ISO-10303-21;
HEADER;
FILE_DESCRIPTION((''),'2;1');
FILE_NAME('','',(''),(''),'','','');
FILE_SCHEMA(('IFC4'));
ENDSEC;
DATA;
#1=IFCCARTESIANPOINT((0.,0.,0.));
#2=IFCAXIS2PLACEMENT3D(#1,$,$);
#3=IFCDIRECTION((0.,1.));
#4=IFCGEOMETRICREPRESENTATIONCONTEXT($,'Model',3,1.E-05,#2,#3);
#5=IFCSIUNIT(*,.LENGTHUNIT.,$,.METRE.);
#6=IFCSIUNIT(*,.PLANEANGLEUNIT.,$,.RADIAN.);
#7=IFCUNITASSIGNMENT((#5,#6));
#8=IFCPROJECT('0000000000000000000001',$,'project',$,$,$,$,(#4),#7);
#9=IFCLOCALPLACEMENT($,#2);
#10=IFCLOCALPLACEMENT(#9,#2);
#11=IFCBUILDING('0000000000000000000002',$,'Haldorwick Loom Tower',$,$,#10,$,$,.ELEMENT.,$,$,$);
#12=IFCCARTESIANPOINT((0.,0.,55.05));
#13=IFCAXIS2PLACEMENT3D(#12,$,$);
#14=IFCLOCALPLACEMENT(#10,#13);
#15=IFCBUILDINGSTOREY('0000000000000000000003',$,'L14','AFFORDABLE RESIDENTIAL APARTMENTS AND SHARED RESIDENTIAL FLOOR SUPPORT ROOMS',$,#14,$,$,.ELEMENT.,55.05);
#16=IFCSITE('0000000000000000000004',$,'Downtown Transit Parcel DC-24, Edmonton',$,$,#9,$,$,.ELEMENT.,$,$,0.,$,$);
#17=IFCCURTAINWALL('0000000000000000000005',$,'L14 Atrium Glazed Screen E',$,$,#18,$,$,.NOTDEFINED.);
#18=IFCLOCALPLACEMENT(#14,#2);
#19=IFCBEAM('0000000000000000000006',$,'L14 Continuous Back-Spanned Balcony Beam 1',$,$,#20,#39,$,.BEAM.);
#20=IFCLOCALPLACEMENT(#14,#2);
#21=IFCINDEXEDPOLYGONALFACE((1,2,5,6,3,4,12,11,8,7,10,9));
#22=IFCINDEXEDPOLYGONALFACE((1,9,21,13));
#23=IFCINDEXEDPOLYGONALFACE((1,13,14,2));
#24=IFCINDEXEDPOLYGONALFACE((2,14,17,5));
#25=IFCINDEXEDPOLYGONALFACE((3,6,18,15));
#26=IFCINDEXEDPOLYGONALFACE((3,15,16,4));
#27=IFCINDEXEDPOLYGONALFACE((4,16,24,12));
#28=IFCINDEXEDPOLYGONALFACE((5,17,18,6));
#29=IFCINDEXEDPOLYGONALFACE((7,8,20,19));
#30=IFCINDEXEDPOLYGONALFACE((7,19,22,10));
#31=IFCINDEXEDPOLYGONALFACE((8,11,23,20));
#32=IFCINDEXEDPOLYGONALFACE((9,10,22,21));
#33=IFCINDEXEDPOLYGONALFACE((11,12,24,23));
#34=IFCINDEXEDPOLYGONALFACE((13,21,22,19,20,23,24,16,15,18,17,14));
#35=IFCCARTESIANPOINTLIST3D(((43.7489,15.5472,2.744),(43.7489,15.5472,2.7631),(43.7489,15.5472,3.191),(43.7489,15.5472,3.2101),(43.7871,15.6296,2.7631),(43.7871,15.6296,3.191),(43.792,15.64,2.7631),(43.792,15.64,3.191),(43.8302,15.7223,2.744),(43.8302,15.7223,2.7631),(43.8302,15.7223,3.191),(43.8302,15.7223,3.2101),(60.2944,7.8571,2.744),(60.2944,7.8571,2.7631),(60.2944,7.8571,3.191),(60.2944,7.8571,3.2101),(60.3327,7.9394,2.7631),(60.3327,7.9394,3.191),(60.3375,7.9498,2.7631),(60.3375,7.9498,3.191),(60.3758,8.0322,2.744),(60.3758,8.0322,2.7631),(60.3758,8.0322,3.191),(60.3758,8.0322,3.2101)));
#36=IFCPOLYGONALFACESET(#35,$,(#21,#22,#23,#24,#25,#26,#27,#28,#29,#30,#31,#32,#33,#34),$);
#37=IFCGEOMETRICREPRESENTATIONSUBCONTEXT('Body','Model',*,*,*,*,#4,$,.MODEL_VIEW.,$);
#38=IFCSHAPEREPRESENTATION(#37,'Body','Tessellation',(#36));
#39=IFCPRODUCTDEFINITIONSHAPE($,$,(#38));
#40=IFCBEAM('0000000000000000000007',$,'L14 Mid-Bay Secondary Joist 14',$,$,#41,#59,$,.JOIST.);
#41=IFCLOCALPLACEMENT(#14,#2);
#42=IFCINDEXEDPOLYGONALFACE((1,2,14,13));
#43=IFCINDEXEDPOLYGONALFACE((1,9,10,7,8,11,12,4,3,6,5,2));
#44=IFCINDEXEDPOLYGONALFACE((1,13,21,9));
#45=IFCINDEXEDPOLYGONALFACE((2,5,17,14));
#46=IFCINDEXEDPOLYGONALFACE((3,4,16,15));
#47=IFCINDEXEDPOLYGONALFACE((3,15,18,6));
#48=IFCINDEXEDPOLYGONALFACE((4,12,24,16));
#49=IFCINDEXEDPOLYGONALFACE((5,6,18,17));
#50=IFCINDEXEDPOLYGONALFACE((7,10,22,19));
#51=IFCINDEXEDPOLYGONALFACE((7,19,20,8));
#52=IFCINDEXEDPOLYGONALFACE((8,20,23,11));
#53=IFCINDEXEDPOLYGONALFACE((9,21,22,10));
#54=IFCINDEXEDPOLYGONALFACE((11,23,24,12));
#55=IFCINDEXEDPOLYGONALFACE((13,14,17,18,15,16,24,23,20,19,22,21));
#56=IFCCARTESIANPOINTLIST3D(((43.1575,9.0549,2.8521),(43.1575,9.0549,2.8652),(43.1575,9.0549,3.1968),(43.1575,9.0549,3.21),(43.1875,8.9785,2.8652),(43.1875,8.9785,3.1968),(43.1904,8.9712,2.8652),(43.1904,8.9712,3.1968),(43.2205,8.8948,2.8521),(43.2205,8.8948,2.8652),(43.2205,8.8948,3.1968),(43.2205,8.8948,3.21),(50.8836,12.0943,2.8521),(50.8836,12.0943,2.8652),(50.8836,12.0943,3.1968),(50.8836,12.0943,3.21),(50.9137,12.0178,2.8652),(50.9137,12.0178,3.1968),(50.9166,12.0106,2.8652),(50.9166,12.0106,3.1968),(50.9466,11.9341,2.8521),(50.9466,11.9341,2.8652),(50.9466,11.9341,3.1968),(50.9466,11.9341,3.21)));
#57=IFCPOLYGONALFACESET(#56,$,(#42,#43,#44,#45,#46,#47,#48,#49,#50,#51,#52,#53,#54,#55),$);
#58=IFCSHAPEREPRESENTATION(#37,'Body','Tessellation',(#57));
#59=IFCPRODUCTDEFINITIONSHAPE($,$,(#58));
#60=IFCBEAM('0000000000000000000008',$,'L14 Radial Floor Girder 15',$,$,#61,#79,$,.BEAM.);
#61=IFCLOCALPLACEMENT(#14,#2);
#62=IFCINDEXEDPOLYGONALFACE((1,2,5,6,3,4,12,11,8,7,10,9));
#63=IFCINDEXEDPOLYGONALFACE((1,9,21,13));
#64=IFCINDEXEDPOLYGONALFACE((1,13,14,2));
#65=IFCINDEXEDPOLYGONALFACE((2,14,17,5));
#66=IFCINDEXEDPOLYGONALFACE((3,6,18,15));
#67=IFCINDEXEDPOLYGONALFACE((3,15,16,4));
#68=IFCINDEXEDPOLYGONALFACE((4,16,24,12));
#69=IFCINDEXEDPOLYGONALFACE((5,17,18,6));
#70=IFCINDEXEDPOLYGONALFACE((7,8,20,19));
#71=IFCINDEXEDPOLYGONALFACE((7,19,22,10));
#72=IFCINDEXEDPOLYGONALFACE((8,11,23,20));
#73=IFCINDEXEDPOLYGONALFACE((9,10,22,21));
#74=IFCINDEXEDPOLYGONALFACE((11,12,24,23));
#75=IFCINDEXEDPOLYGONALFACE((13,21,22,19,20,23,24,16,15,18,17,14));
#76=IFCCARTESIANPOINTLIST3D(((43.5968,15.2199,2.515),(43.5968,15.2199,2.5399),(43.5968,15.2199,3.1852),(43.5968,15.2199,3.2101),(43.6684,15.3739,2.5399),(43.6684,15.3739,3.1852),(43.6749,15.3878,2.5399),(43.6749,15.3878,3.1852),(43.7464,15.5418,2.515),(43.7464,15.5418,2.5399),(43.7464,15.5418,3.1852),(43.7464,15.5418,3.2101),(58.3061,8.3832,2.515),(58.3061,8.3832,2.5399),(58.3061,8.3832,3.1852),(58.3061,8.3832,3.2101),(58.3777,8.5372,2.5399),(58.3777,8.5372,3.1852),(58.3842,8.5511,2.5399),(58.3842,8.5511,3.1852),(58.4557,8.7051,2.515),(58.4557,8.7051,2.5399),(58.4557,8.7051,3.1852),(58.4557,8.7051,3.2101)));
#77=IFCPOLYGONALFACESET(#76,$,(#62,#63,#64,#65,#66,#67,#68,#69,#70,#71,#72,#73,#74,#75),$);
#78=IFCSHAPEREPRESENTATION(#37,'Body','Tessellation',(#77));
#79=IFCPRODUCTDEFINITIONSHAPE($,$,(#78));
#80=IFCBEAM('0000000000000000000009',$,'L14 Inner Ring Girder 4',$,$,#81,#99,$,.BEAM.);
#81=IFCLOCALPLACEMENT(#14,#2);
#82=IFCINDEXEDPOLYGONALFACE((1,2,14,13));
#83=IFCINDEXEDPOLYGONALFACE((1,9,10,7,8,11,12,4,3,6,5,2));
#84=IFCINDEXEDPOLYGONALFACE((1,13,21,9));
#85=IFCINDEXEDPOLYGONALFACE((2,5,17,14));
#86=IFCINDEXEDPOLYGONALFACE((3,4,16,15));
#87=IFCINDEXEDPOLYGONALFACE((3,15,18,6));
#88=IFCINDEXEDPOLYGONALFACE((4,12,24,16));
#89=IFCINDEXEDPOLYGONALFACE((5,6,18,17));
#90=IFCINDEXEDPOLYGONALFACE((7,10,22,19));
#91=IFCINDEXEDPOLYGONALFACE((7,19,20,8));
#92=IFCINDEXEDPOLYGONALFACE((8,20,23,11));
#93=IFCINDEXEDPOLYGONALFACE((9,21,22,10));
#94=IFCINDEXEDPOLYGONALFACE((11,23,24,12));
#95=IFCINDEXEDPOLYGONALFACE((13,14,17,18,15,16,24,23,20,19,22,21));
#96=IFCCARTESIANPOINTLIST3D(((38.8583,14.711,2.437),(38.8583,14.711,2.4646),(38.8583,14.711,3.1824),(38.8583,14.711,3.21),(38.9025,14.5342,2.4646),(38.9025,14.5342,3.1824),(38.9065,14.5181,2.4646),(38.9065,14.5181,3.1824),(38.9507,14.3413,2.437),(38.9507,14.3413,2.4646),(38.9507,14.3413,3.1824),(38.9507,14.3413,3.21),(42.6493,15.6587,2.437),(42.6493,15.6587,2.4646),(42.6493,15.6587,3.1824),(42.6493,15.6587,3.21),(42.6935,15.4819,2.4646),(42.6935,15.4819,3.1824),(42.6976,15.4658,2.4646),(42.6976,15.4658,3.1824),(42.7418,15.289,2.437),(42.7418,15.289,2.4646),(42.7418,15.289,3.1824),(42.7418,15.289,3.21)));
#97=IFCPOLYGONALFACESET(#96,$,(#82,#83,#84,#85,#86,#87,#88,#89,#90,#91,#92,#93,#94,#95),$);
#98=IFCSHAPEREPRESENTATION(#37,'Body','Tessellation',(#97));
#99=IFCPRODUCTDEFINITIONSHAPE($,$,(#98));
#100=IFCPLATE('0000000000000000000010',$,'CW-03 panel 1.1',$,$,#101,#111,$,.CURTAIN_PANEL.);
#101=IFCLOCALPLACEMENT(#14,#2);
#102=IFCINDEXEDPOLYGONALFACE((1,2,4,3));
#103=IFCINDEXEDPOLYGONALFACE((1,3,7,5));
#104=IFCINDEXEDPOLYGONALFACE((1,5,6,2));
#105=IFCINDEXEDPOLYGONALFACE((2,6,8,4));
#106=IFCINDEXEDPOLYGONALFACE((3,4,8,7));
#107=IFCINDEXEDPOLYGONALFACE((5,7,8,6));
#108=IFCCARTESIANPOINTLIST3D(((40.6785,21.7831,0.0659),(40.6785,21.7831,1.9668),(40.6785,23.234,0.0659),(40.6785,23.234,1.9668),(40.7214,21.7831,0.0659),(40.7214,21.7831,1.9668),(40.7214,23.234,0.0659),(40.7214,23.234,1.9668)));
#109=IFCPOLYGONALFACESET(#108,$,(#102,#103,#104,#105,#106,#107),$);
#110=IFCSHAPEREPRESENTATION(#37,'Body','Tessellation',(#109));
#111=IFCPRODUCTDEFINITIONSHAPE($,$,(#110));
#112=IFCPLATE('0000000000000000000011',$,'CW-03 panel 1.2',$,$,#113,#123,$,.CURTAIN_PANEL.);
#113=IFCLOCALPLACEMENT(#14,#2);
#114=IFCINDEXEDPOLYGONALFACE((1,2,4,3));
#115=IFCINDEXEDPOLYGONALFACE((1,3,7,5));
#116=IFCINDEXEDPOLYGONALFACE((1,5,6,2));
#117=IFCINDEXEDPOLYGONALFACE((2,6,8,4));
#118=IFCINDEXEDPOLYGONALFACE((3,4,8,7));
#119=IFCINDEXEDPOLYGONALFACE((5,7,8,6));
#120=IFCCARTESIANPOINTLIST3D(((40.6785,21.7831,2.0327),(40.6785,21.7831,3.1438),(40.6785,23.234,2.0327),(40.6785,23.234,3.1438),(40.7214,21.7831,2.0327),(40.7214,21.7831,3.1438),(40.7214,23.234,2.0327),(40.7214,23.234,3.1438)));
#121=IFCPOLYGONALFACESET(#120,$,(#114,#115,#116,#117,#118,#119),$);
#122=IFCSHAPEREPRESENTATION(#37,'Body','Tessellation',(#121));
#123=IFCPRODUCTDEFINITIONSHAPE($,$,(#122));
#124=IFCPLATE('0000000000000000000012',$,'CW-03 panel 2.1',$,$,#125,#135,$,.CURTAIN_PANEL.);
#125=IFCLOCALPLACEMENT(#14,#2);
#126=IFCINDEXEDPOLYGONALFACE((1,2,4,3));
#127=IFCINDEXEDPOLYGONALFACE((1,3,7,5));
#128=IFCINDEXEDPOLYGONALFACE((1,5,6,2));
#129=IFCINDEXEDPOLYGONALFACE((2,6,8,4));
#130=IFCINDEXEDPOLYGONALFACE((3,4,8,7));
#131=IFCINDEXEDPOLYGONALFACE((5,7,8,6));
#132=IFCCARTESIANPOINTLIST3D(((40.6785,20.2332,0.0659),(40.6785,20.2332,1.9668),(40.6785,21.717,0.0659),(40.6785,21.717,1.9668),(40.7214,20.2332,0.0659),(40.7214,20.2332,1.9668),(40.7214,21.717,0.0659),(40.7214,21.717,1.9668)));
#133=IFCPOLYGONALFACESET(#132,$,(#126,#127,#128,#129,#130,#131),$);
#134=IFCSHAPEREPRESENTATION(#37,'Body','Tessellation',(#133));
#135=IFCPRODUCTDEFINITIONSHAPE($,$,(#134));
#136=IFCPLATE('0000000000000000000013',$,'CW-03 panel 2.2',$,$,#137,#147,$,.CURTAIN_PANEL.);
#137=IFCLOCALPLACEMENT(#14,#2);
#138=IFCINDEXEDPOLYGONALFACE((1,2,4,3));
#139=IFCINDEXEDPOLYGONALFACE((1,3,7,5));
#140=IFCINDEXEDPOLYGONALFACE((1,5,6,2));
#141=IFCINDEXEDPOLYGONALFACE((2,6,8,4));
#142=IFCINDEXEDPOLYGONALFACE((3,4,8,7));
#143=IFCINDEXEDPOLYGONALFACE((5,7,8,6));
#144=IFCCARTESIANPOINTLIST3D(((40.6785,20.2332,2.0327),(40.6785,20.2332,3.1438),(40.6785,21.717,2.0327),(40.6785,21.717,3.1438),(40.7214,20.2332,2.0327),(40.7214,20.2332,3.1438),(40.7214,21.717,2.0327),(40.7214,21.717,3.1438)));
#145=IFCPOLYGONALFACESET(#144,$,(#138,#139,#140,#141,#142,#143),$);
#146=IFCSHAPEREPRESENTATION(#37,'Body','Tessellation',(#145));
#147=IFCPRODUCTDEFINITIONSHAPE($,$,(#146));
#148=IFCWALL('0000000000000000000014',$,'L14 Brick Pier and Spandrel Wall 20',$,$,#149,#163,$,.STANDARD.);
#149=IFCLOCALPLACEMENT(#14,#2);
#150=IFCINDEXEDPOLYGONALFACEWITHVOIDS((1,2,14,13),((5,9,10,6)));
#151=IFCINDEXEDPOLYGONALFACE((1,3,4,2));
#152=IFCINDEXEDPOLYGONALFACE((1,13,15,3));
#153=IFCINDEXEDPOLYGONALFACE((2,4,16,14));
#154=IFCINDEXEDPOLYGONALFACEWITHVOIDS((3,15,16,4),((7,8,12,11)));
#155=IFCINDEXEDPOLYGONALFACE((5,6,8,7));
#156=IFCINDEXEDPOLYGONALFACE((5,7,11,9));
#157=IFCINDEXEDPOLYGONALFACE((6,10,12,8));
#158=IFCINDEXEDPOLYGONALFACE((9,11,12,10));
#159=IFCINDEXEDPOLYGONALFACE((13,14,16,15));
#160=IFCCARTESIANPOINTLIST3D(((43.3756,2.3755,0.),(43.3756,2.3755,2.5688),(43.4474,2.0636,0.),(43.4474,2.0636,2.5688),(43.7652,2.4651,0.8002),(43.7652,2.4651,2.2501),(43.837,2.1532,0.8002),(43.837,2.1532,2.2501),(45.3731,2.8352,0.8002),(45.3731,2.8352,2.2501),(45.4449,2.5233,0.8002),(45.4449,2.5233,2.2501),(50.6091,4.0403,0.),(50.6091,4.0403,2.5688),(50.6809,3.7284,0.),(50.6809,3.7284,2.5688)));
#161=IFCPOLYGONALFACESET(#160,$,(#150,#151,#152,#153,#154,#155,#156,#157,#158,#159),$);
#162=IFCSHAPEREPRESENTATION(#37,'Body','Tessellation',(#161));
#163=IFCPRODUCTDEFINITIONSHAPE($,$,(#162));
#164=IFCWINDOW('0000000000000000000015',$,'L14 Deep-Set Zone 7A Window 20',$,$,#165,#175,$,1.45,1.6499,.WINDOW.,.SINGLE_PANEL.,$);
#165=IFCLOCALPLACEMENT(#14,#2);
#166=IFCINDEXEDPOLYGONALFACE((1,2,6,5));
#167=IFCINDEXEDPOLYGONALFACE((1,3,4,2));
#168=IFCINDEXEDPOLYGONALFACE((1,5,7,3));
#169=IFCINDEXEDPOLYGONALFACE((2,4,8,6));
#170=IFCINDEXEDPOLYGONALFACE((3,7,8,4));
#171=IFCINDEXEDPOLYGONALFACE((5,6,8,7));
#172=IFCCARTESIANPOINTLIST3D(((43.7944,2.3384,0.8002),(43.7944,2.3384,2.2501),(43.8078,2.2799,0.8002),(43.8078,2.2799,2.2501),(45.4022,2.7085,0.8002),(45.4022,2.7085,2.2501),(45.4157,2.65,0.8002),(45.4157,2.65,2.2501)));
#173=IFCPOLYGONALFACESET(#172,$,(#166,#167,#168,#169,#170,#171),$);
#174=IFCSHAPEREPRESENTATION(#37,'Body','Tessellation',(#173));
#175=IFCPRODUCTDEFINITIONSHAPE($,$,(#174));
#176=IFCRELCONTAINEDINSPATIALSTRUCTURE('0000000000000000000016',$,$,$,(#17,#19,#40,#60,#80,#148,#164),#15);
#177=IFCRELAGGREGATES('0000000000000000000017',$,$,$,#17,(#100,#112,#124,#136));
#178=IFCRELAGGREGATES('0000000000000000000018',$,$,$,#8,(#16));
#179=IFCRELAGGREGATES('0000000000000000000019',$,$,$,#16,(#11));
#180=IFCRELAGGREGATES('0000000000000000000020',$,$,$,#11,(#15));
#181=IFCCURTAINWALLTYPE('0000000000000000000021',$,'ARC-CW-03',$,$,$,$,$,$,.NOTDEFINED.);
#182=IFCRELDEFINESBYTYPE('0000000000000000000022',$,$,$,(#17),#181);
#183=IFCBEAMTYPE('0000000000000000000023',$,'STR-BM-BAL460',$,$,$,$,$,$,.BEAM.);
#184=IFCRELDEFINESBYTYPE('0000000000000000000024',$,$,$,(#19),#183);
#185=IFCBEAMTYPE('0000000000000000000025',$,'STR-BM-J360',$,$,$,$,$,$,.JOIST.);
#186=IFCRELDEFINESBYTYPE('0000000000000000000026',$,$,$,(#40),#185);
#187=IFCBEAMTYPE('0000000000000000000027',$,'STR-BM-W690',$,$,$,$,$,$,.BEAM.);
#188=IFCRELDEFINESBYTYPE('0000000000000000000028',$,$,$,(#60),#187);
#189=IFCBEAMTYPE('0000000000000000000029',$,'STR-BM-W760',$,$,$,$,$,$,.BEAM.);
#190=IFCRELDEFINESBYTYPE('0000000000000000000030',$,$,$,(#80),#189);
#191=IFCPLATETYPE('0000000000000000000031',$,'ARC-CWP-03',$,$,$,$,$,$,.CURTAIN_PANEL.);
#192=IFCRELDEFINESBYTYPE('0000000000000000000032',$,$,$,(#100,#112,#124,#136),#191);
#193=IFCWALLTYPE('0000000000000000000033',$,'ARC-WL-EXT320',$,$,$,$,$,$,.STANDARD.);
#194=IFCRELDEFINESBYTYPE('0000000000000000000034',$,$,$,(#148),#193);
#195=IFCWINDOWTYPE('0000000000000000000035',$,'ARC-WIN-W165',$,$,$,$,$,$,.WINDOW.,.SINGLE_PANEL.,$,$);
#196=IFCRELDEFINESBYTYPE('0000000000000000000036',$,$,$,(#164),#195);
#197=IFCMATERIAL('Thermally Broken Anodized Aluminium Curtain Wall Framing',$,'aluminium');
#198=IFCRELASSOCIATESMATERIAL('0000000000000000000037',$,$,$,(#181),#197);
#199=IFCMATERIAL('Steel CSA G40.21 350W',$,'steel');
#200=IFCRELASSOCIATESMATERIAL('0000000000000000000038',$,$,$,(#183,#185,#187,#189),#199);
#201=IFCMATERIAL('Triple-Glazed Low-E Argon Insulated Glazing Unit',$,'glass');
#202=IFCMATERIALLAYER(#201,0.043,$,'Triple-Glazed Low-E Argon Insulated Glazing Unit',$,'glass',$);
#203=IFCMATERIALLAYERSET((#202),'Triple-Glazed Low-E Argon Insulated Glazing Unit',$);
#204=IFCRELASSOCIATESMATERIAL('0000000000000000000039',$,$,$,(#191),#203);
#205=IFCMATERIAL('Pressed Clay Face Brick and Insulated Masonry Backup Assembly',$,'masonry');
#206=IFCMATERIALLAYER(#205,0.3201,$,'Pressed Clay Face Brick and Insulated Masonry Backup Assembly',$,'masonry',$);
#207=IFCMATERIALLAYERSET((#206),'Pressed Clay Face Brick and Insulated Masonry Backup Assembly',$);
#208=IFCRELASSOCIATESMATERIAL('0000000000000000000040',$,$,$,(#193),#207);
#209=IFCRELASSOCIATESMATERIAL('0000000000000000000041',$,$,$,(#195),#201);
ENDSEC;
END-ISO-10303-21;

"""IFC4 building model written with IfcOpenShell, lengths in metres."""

from ifc_helpers import new_model, si_unit, direction, frame, frame_2d, origin, origin_2d, place, context, subcontext, project, spatial, rectangle, i_section, extrude, material, layer, layer_set, material_profile, profile_set, type_object, element, fill, aggregate, save


model = new_model("IFC4")

# Units and contexts
model_context = context("Model", 3, precision=1e-05, world=origin(), true_north=direction((0.0, 1.0)))
body_context = subcontext(model_context, "Body", "Model", "MODEL_VIEW")
ifc_project = project(units=[si_unit("LENGTHUNIT", "METRE"), si_unit("PLANEANGLEUNIT", "RADIAN")], contexts=[model_context])

# Site, building, storey
site_placement = place(None, origin())
site = spatial("IfcSite", under=ifc_project, at=site_placement, Name="Downtown Transit Parcel DC-24, Edmonton", CompositionType="ELEMENT", RefElevation=0.0)
building_placement = place(site_placement, origin())
building = spatial("IfcBuilding", under=site, at=building_placement, Name="Haldorwick Loom Tower", CompositionType="ELEMENT")
storey_placement = place(building_placement, frame((0.0, 0.0, 55.05)))
storey = spatial("IfcBuildingStorey", under=building, at=storey_placement, Name="L14", Description="AFFORDABLE RESIDENTIAL APARTMENTS AND SHARED RESIDENTIAL FLOOR SUPPORT ROOMS", CompositionType="ELEMENT", Elevation=55.05)

# Curtain wall
ifc_material_1 = material(Name="Thermally Broken Anodized Aluminium Curtain Wall Framing", Category="aluminium")
curtain_wall_type = type_object("IfcCurtainWallType", Name="ARC-CW-03", PredefinedType="NOTDEFINED", material=ifc_material_1)
curtain_wall_placement = place(storey_placement, origin())
curtain_wall = element("IfcCurtainWall", 1, at=curtain_wall_placement, inside=storey, type_object=curtain_wall_type, Name="L14 Atrium Glazed Screen E", PredefinedType="NOTDEFINED")

# Beams
ifc_material_2 = material(Name="Steel CSA G40.21 350W", Category="steel")
ifc_material_profile_1 = material_profile(ifc_material_2, i_section(OverallWidth=0.1931, OverallDepth=0.4661, WebThickness=0.0115, FlangeThickness=0.019, at=origin_2d()), Name="W460X97", Category="steel")
ifc_profile_set_1 = profile_set([ifc_material_profile_1], Name="Steel CSA G40.21 350W")
beam_type_1 = type_object("IfcBeamType", Name="STR-BM-BAL460", PredefinedType="BEAM", material=ifc_profile_set_1)
beam_1_placement = place(storey_placement, frame((43.7896, 15.6348, 2.9771), z_axis=(0.906836, -0.421484, 0.0), x_axis=(0.421484, 0.906836, 0.0)))
element("IfcBeam", 2, at=beam_1_placement, inside=storey, type_object=beam_type_1, Name="L14 Continuous Back-Spanned Balcony Beam 1", PredefinedType="BEAM", context=body_context, shape_type="SweptSolid", body=[
    extrude(i_section(OverallWidth=0.1931, OverallDepth=0.4661, WebThickness=0.0115, FlangeThickness=0.019, at=origin_2d()), origin(), (0.0, 0.0, 1.0), 18.2454),
])
ifc_material_profile_2 = material_profile(ifc_material_2, i_section(OverallWidth=0.1721, OverallDepth=0.3579, WebThickness=0.0078, FlangeThickness=0.0132, at=origin_2d()), Name="W360X57", Category="steel")
ifc_profile_set_2 = profile_set([ifc_material_profile_2], Name="Steel CSA G40.21 350W")
beam_type_2 = type_object("IfcBeamType", Name="STR-BM-J360", PredefinedType="JOIST", material=ifc_profile_set_2)
beam_2_placement = place(storey_placement, frame((43.189, 8.9749, 3.031), z_axis=(0.930585, 0.366076, 0.0), x_axis=(-0.366076, 0.930585, 0.0)))
element("IfcBeam", 3, at=beam_2_placement, inside=storey, type_object=beam_type_2, Name="L14 Mid-Bay Secondary Joist 14", PredefinedType="JOIST", context=body_context, shape_type="SweptSolid", body=[
    extrude(i_section(OverallWidth=0.1721, OverallDepth=0.3579, WebThickness=0.0078, FlangeThickness=0.0132, at=origin_2d()), origin(), (0.0, 0.0, 1.0), 8.3025),
])
ifc_material_profile_3 = material_profile(ifc_material_2, i_section(OverallWidth=0.355, OverallDepth=0.6951, WebThickness=0.0154, FlangeThickness=0.0249, at=origin_2d()), Name="W690X217", Category="steel")
ifc_profile_set_3 = profile_set([ifc_material_profile_3], Name="Steel CSA G40.21 350W")
beam_type_3 = type_object("IfcBeamType", Name="STR-BM-W690", PredefinedType="BEAM", material=ifc_profile_set_3)
beam_3_placement = place(storey_placement, frame((43.6716, 15.3809, 2.8625), z_axis=(0.906835, -0.421486, 0.0), x_axis=(0.421486, 0.906835, 0.0)))
element("IfcBeam", 4, at=beam_3_placement, inside=storey, type_object=beam_type_3, Name="L14 Radial Floor Girder 15", PredefinedType="BEAM", context=body_context, shape_type="SweptSolid", body=[
    extrude(i_section(OverallWidth=0.355, OverallDepth=0.6951, WebThickness=0.0154, FlangeThickness=0.0249, at=origin_2d()), origin(), (0.0, 0.0, 1.0), 16.2205),
])
ifc_material_profile_4 = material_profile(ifc_material_2, i_section(OverallWidth=0.3811, OverallDepth=0.7729, WebThickness=0.0166, FlangeThickness=0.0276, at=origin_2d()), Name="W760X257", Category="steel")
ifc_profile_set_4 = profile_set([ifc_material_profile_4], Name="Steel CSA G40.21 350W")
beam_type_4 = type_object("IfcBeamType", Name="STR-BM-W760", PredefinedType="BEAM", material=ifc_profile_set_4)
beam_4_placement = place(storey_placement, frame((42.6956, 15.4739, 2.8235), z_axis=(-0.970143, -0.242536, 0.0), x_axis=(0.242536, -0.970143, 0.0)))
element("IfcBeam", 5, at=beam_4_placement, inside=storey, type_object=beam_type_4, Name="L14 Inner Ring Girder 4", PredefinedType="BEAM", context=body_context, shape_type="SweptSolid", body=[
    extrude(i_section(OverallWidth=0.3811, OverallDepth=0.7729, WebThickness=0.0166, FlangeThickness=0.0276, at=origin_2d()), origin(), (0.0, 0.0, 1.0), 3.9077),
])

# Plates
ifc_material_3 = material(Name="Triple-Glazed Low-E Argon Insulated Glazing Unit", Category="glass")
ifc_layer_1 = layer(ifc_material_3, 0.043, Name="Triple-Glazed Low-E Argon Insulated Glazing Unit", Category="glass")
ifc_layer_set_1 = layer_set([ifc_layer_1], Name="Triple-Glazed Low-E Argon Insulated Glazing Unit")
plate_type = type_object("IfcPlateType", Name="ARC-CWP-03", PredefinedType="CURTAIN_PANEL", material=ifc_layer_set_1)
plate_1_placement = place(storey_placement, frame((40.7, 22.5085, 0.0659), z_axis=(0.0, 0.0, 1.0), x_axis=(0.0, -1.0, 0.0)))
plate_1 = element("IfcPlate", 6, at=plate_1_placement, type_object=plate_type, Name="CW-03 panel 1.1", PredefinedType="CURTAIN_PANEL", context=body_context, shape_type="SweptSolid", body=[
    extrude(rectangle(XDim=1.4509, YDim=0.043, at=origin_2d()), origin(), (0.0, 0.0, 1.0), 1.9009),
])
plate_2_placement = place(storey_placement, frame((40.7, 22.5085, 2.0327), z_axis=(0.0, 0.0, 1.0), x_axis=(0.0, -1.0, 0.0)))
plate_2 = element("IfcPlate", 7, at=plate_2_placement, type_object=plate_type, Name="CW-03 panel 1.2", PredefinedType="CURTAIN_PANEL", context=body_context, shape_type="SweptSolid", body=[
    extrude(rectangle(XDim=1.4509, YDim=0.043, at=origin_2d()), origin(), (0.0, 0.0, 1.0), 1.1111),
])
plate_3_placement = place(storey_placement, frame((40.7, 20.9751, 0.0659), z_axis=(0.0, 0.0, 1.0), x_axis=(0.0, -1.0, 0.0)))
plate_3 = element("IfcPlate", 8, at=plate_3_placement, type_object=plate_type, Name="CW-03 panel 2.1", PredefinedType="CURTAIN_PANEL", context=body_context, shape_type="SweptSolid", body=[
    extrude(rectangle(XDim=1.4839, YDim=0.043, at=origin_2d()), origin(), (0.0, 0.0, 1.0), 1.9009),
])
plate_4_placement = place(storey_placement, frame((40.7, 20.9751, 2.0327), z_axis=(0.0, 0.0, 1.0), x_axis=(0.0, -1.0, 0.0)))
plate_4 = element("IfcPlate", 9, at=plate_4_placement, type_object=plate_type, Name="CW-03 panel 2.2", PredefinedType="CURTAIN_PANEL", context=body_context, shape_type="SweptSolid", body=[
    extrude(rectangle(XDim=1.4839, YDim=0.043, at=origin_2d()), origin(), (0.0, 0.0, 1.0), 1.1111),
])
aggregate(curtain_wall, [plate_1, plate_2, plate_3, plate_4])

# Wall, opening, window
ifc_material_4 = material(Name="Pressed Clay Face Brick and Insulated Masonry Backup Assembly", Category="masonry")
ifc_layer_2 = layer(ifc_material_4, 0.3201, Name="Pressed Clay Face Brick and Insulated Masonry Backup Assembly", Category="masonry")
ifc_layer_set_2 = layer_set([ifc_layer_2], Name="Pressed Clay Face Brick and Insulated Masonry Backup Assembly")
wall_type_1 = type_object("IfcWallType", Name="ARC-WL-EXT320", PredefinedType="STANDARD", material=ifc_layer_set_2)
wall_1_placement = place(storey_placement, frame((43.4114, 2.2195, 0.0), z_axis=(0.0, 0.0, 1.0), x_axis=(0.974522, 0.22429, 0.0)))
wall_1 = element("IfcWall", 10, at=wall_1_placement, inside=storey, type_object=wall_type_1, Name="L14 Brick Pier and Spandrel Wall 20", PredefinedType="STANDARD", context=body_context, shape_type="SweptSolid", body=[
    extrude(rectangle(XDim=7.4226, YDim=0.3201, at=frame_2d((3.7114, 0.0))), origin(), (0.0, 0.0, 1.0), 2.5688),
])
opening_1_placement = place(wall_1_placement, frame((0.3999, 0.0, 0.8)))
opening_1 = element("IfcOpeningElement", 11, at=opening_1_placement, cuts=wall_1, PredefinedType="OPENING", context=body_context, shape_type="SweptSolid", body=[
    extrude(rectangle(XDim=1.6499, YDim=1.45, at=frame_2d((0.825, 0.7251))), frame((0.0, 0.1699, 0.0), z_axis=(0.0, -1.0, 0.0), x_axis=(1.0, 0.0, 0.0)), (0.0, 0.0, 1.0), 0.3401),
])
window_type = type_object("IfcWindowType", Name="ARC-WIN-W165", PartitioningType="SINGLE_PANEL", PredefinedType="WINDOW", material=ifc_material_3)
window_placement = place(opening_1_placement, origin())
window = element("IfcWindow", 12, at=window_placement, inside=storey, type_object=window_type, Name="L14 Deep-Set Zone 7A Window 20", OverallHeight=1.45, OverallWidth=1.6499, PartitioningType="SINGLE_PANEL", PredefinedType="WINDOW", context=body_context, shape_type="SweptSolid", body=[
    extrude(rectangle(XDim=1.6499, YDim=1.45, at=frame_2d((0.825, 0.7251))), frame((0.0, 0.03, 0.0), z_axis=(0.0, -1.0, 0.0), x_axis=(1.0, 0.0, 0.0)), (0.0, 0.0, 1.0), 0.0601),
])
fill(opening_1, window)

save(model, "model.ifc")
